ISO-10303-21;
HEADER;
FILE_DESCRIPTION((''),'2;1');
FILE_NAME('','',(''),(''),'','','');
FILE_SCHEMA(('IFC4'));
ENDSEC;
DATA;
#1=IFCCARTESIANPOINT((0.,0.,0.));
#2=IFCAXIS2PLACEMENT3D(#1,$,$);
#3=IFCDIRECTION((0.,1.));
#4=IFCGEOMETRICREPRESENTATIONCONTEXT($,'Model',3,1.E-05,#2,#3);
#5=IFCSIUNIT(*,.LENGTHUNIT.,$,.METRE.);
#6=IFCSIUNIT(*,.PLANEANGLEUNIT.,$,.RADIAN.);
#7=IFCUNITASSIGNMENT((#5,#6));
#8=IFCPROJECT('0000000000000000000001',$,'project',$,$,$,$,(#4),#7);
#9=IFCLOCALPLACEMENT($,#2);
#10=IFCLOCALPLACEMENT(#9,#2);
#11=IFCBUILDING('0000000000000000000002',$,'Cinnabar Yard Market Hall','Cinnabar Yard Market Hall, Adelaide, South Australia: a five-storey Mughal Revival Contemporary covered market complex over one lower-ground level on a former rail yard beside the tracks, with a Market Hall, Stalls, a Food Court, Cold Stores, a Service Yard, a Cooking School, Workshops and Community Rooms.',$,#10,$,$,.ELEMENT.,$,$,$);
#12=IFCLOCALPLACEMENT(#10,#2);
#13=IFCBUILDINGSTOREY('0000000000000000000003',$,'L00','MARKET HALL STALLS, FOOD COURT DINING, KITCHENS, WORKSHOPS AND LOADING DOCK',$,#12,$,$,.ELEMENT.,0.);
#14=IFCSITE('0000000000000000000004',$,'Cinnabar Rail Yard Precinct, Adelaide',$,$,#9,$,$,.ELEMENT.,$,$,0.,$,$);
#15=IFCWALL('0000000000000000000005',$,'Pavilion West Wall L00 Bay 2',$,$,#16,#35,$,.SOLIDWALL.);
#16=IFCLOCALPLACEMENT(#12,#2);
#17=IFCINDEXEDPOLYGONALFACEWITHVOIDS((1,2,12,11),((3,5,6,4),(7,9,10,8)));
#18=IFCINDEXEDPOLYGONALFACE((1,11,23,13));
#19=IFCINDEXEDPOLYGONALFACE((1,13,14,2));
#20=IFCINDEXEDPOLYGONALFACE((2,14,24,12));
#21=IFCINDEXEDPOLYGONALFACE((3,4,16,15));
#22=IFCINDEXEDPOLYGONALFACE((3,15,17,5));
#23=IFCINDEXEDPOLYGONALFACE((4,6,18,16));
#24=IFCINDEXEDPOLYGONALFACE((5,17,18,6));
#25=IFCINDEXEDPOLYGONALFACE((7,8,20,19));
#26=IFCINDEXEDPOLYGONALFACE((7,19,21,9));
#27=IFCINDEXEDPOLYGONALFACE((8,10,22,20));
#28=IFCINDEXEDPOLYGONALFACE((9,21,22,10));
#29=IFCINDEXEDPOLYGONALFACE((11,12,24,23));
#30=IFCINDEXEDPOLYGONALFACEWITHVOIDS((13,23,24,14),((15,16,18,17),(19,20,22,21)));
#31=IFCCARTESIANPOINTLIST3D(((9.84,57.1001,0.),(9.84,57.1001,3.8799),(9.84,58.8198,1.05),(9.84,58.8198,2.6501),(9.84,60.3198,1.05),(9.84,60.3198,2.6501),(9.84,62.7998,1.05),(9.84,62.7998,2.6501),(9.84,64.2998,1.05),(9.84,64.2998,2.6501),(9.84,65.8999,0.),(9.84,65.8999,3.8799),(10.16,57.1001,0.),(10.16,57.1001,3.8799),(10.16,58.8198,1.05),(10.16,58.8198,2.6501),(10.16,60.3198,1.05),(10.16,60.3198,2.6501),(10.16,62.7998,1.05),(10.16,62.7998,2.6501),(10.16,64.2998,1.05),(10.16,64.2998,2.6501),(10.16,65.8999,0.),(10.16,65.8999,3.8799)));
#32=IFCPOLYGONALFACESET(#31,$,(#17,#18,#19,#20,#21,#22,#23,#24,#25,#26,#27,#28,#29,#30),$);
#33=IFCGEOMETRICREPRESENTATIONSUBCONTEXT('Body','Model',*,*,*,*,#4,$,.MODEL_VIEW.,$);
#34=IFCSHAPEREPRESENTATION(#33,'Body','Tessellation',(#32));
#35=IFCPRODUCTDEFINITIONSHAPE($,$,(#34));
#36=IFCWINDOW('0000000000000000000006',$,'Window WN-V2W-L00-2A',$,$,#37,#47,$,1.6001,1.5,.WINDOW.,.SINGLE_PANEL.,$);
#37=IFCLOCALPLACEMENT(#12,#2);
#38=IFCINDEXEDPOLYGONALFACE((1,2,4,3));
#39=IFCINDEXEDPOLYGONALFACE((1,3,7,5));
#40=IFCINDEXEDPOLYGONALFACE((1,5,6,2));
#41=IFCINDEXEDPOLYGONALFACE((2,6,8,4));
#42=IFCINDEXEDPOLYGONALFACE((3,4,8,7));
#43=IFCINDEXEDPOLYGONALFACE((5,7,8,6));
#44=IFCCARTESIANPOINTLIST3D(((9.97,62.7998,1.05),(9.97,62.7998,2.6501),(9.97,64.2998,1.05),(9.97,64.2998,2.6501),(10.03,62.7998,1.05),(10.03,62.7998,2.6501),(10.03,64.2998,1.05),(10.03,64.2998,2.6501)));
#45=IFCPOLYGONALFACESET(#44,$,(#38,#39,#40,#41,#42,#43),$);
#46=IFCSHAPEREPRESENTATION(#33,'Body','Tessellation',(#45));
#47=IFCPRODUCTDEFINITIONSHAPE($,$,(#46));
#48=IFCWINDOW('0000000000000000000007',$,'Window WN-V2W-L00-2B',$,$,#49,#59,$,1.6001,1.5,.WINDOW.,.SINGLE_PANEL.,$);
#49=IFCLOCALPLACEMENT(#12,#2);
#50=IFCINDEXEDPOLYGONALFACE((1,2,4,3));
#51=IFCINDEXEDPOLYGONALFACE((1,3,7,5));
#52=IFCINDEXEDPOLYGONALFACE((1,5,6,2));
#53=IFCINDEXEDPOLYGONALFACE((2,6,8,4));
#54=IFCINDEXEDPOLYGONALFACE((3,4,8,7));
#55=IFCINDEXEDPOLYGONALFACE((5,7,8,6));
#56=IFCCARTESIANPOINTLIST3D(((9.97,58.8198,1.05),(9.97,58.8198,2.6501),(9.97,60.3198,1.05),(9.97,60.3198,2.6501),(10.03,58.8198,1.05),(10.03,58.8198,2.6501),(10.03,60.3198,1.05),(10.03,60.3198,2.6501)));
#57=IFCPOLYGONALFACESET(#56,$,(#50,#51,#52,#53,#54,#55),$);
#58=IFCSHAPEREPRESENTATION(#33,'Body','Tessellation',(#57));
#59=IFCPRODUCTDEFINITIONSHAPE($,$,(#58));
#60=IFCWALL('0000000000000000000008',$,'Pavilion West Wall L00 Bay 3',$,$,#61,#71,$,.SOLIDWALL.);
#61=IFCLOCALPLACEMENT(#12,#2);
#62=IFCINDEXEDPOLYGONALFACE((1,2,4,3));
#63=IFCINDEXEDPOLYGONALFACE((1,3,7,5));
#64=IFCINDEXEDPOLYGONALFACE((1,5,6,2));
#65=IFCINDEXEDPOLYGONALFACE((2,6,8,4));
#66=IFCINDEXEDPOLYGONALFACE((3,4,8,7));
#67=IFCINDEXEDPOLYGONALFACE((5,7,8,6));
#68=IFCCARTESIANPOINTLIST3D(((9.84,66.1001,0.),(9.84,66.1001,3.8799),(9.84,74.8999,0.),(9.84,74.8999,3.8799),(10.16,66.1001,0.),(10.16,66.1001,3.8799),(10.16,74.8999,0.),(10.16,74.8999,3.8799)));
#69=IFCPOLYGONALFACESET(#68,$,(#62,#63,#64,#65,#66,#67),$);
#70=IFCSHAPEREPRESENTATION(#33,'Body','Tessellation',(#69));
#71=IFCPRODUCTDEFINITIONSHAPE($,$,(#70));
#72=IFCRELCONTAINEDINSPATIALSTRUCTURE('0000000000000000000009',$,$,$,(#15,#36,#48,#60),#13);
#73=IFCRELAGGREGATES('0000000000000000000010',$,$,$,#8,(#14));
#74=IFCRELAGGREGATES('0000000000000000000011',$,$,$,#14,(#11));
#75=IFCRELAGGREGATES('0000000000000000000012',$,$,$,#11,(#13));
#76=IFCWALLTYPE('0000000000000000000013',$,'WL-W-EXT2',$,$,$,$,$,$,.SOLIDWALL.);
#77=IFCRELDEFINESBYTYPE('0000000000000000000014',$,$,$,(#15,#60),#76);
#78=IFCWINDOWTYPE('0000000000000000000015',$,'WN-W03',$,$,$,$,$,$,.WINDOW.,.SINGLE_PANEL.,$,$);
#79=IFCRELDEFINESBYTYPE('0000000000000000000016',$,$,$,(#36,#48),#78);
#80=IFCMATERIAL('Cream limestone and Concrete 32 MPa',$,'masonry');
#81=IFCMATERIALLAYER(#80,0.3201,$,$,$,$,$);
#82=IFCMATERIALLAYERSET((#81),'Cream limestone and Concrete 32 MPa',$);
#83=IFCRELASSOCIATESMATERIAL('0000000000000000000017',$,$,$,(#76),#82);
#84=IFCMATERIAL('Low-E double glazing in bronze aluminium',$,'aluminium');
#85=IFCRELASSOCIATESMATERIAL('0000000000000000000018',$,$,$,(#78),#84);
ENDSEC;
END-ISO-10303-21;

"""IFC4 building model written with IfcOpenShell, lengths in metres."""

from ifc_helpers import new_model, si_unit, direction, frame, frame_2d, origin, place, context, subcontext, project, spatial, rectangle, extrude, material, layer, layer_set, type_object, element, fill, save


model = new_model("IFC4")

# Units and contexts
model_context = context("Model", 3, precision=1e-05, world=origin(), true_north=direction((0.0, 1.0)))
body_context = subcontext(model_context, "Body", "Model", "MODEL_VIEW")
ifc_project = project(units=[si_unit("LENGTHUNIT", "METRE"), si_unit("PLANEANGLEUNIT", "RADIAN")], contexts=[model_context])

# Site, building, storey
site_placement = place(None, origin())
site = spatial("IfcSite", under=ifc_project, at=site_placement, Name="Cinnabar Rail Yard Precinct, Adelaide", CompositionType="ELEMENT", RefElevation=0.0)
building_placement = place(site_placement, origin())
building = spatial("IfcBuilding", under=site, at=building_placement, Name="Cinnabar Yard Market Hall", Description="Cinnabar Yard Market Hall, Adelaide, South Australia: a five-storey Mughal Revival Contemporary covered market complex over one lower-ground level on a former rail yard beside the tracks, with a Market Hall, Stalls, a Food Court, Cold Stores, a Service Yard, a Cooking School, Workshops and Community Rooms.", CompositionType="ELEMENT")
storey_placement = place(building_placement, origin())
storey = spatial("IfcBuildingStorey", under=building, at=storey_placement, Name="L00", Description="MARKET HALL STALLS, FOOD COURT DINING, KITCHENS, WORKSHOPS AND LOADING DOCK", CompositionType="ELEMENT", Elevation=0.0)

# Wall, openings, windows
ifc_material_1 = material(Name="Cream limestone and Concrete 32 MPa", Category="masonry")
ifc_layer_1 = layer(ifc_material_1, 0.3201)
ifc_layer_set_1 = layer_set([ifc_layer_1], Name="Cream limestone and Concrete 32 MPa")
wall_type_1 = type_object("IfcWallType", Name="WL-W-EXT2", PredefinedType="SOLIDWALL", material=ifc_layer_set_1)
wall_1_placement = place(storey_placement, frame((10.0, 65.8999, 0.0), z_axis=(0.0, 0.0, 1.0), x_axis=(0.0, -1.0, 0.0)))
wall_1 = element("IfcWall", 1, at=wall_1_placement, inside=storey, type_object=wall_type_1, Name="Pavilion West Wall L00 Bay 2", PredefinedType="SOLIDWALL", context=body_context, shape_type="SweptSolid", body=[
    extrude(rectangle(XDim=8.7998, YDim=0.3201, at=frame_2d((4.3999, 0.0), x_axis=(1.0, 0.0))), origin(), (0.0, 0.0, 1.0), 3.8799),
])
opening_1_placement = place(wall_1_placement, frame((1.6001, 0.0, 1.05)))
opening_1 = element("IfcOpeningElement", 2, at=opening_1_placement, cuts=wall_1, PredefinedType="OPENING", context=body_context, shape_type="SweptSolid", body=[
    extrude(rectangle(XDim=1.5, YDim=1.6001, at=frame_2d((0.75, 0.8), x_axis=(1.0, 0.0))), frame((0.0, 0.1699, 0.0), z_axis=(0.0, -1.0, 0.0), x_axis=(1.0, 0.0, 0.0)), (0.0, 0.0, 1.0), 0.3401),
])
opening_2_placement = place(wall_1_placement, frame((5.5801, 0.0, 1.05)))
opening_2 = element("IfcOpeningElement", 3, at=opening_2_placement, cuts=wall_1, PredefinedType="OPENING", context=body_context, shape_type="SweptSolid", body=[
    extrude(rectangle(XDim=1.5, YDim=1.6001, at=frame_2d((0.75, 0.8), x_axis=(1.0, 0.0))), frame((0.0, 0.1699, 0.0), z_axis=(0.0, -1.0, 0.0), x_axis=(1.0, 0.0, 0.0)), (0.0, 0.0, 1.0), 0.3401),
])
ifc_material_2 = material(Name="Low-E double glazing in bronze aluminium", Category="aluminium")
window_type = type_object("IfcWindowType", Name="WN-W03", PartitioningType="SINGLE_PANEL", PredefinedType="WINDOW", material=ifc_material_2)
window_1_placement = place(opening_1_placement, origin())
window_1 = element("IfcWindow", 4, at=window_1_placement, inside=storey, type_object=window_type, Name="Window WN-V2W-L00-2A", OverallHeight=1.6001, OverallWidth=1.5, PartitioningType="SINGLE_PANEL", PredefinedType="WINDOW", context=body_context, shape_type="SweptSolid", body=[
    extrude(rectangle(XDim=1.5, YDim=1.6001, at=frame_2d((0.75, 0.8), x_axis=(1.0, 0.0))), frame((0.0, 0.03, 0.0), z_axis=(0.0, -1.0, 0.0), x_axis=(1.0, 0.0, 0.0)), (0.0, 0.0, 1.0), 0.0601),
])
fill(opening_1, window_1)
window_2_placement = place(opening_2_placement, origin())
window_2 = element("IfcWindow", 5, at=window_2_placement, inside=storey, type_object=window_type, Name="Window WN-V2W-L00-2B", OverallHeight=1.6001, OverallWidth=1.5, PartitioningType="SINGLE_PANEL", PredefinedType="WINDOW", context=body_context, shape_type="SweptSolid", body=[
    extrude(rectangle(XDim=1.5, YDim=1.6001, at=frame_2d((0.75, 0.8), x_axis=(1.0, 0.0))), frame((0.0, 0.03, 0.0), z_axis=(0.0, -1.0, 0.0), x_axis=(1.0, 0.0, 0.0)), (0.0, 0.0, 1.0), 0.0601),
])
fill(opening_2, window_2)

# Wall
wall_2_placement = place(storey_placement, frame((10.0, 74.8999, 0.0), z_axis=(0.0, 0.0, 1.0), x_axis=(0.0, -1.0, 0.0)))
element("IfcWall", 6, at=wall_2_placement, inside=storey, type_object=wall_type_1, Name="Pavilion West Wall L00 Bay 3", PredefinedType="SOLIDWALL", context=body_context, shape_type="SweptSolid", body=[
    extrude(rectangle(XDim=8.7998, YDim=0.3201, at=frame_2d((4.3999, 0.0), x_axis=(1.0, 0.0))), origin(), (0.0, 0.0, 1.0), 3.8799),
])

save(model, "model.ifc")
